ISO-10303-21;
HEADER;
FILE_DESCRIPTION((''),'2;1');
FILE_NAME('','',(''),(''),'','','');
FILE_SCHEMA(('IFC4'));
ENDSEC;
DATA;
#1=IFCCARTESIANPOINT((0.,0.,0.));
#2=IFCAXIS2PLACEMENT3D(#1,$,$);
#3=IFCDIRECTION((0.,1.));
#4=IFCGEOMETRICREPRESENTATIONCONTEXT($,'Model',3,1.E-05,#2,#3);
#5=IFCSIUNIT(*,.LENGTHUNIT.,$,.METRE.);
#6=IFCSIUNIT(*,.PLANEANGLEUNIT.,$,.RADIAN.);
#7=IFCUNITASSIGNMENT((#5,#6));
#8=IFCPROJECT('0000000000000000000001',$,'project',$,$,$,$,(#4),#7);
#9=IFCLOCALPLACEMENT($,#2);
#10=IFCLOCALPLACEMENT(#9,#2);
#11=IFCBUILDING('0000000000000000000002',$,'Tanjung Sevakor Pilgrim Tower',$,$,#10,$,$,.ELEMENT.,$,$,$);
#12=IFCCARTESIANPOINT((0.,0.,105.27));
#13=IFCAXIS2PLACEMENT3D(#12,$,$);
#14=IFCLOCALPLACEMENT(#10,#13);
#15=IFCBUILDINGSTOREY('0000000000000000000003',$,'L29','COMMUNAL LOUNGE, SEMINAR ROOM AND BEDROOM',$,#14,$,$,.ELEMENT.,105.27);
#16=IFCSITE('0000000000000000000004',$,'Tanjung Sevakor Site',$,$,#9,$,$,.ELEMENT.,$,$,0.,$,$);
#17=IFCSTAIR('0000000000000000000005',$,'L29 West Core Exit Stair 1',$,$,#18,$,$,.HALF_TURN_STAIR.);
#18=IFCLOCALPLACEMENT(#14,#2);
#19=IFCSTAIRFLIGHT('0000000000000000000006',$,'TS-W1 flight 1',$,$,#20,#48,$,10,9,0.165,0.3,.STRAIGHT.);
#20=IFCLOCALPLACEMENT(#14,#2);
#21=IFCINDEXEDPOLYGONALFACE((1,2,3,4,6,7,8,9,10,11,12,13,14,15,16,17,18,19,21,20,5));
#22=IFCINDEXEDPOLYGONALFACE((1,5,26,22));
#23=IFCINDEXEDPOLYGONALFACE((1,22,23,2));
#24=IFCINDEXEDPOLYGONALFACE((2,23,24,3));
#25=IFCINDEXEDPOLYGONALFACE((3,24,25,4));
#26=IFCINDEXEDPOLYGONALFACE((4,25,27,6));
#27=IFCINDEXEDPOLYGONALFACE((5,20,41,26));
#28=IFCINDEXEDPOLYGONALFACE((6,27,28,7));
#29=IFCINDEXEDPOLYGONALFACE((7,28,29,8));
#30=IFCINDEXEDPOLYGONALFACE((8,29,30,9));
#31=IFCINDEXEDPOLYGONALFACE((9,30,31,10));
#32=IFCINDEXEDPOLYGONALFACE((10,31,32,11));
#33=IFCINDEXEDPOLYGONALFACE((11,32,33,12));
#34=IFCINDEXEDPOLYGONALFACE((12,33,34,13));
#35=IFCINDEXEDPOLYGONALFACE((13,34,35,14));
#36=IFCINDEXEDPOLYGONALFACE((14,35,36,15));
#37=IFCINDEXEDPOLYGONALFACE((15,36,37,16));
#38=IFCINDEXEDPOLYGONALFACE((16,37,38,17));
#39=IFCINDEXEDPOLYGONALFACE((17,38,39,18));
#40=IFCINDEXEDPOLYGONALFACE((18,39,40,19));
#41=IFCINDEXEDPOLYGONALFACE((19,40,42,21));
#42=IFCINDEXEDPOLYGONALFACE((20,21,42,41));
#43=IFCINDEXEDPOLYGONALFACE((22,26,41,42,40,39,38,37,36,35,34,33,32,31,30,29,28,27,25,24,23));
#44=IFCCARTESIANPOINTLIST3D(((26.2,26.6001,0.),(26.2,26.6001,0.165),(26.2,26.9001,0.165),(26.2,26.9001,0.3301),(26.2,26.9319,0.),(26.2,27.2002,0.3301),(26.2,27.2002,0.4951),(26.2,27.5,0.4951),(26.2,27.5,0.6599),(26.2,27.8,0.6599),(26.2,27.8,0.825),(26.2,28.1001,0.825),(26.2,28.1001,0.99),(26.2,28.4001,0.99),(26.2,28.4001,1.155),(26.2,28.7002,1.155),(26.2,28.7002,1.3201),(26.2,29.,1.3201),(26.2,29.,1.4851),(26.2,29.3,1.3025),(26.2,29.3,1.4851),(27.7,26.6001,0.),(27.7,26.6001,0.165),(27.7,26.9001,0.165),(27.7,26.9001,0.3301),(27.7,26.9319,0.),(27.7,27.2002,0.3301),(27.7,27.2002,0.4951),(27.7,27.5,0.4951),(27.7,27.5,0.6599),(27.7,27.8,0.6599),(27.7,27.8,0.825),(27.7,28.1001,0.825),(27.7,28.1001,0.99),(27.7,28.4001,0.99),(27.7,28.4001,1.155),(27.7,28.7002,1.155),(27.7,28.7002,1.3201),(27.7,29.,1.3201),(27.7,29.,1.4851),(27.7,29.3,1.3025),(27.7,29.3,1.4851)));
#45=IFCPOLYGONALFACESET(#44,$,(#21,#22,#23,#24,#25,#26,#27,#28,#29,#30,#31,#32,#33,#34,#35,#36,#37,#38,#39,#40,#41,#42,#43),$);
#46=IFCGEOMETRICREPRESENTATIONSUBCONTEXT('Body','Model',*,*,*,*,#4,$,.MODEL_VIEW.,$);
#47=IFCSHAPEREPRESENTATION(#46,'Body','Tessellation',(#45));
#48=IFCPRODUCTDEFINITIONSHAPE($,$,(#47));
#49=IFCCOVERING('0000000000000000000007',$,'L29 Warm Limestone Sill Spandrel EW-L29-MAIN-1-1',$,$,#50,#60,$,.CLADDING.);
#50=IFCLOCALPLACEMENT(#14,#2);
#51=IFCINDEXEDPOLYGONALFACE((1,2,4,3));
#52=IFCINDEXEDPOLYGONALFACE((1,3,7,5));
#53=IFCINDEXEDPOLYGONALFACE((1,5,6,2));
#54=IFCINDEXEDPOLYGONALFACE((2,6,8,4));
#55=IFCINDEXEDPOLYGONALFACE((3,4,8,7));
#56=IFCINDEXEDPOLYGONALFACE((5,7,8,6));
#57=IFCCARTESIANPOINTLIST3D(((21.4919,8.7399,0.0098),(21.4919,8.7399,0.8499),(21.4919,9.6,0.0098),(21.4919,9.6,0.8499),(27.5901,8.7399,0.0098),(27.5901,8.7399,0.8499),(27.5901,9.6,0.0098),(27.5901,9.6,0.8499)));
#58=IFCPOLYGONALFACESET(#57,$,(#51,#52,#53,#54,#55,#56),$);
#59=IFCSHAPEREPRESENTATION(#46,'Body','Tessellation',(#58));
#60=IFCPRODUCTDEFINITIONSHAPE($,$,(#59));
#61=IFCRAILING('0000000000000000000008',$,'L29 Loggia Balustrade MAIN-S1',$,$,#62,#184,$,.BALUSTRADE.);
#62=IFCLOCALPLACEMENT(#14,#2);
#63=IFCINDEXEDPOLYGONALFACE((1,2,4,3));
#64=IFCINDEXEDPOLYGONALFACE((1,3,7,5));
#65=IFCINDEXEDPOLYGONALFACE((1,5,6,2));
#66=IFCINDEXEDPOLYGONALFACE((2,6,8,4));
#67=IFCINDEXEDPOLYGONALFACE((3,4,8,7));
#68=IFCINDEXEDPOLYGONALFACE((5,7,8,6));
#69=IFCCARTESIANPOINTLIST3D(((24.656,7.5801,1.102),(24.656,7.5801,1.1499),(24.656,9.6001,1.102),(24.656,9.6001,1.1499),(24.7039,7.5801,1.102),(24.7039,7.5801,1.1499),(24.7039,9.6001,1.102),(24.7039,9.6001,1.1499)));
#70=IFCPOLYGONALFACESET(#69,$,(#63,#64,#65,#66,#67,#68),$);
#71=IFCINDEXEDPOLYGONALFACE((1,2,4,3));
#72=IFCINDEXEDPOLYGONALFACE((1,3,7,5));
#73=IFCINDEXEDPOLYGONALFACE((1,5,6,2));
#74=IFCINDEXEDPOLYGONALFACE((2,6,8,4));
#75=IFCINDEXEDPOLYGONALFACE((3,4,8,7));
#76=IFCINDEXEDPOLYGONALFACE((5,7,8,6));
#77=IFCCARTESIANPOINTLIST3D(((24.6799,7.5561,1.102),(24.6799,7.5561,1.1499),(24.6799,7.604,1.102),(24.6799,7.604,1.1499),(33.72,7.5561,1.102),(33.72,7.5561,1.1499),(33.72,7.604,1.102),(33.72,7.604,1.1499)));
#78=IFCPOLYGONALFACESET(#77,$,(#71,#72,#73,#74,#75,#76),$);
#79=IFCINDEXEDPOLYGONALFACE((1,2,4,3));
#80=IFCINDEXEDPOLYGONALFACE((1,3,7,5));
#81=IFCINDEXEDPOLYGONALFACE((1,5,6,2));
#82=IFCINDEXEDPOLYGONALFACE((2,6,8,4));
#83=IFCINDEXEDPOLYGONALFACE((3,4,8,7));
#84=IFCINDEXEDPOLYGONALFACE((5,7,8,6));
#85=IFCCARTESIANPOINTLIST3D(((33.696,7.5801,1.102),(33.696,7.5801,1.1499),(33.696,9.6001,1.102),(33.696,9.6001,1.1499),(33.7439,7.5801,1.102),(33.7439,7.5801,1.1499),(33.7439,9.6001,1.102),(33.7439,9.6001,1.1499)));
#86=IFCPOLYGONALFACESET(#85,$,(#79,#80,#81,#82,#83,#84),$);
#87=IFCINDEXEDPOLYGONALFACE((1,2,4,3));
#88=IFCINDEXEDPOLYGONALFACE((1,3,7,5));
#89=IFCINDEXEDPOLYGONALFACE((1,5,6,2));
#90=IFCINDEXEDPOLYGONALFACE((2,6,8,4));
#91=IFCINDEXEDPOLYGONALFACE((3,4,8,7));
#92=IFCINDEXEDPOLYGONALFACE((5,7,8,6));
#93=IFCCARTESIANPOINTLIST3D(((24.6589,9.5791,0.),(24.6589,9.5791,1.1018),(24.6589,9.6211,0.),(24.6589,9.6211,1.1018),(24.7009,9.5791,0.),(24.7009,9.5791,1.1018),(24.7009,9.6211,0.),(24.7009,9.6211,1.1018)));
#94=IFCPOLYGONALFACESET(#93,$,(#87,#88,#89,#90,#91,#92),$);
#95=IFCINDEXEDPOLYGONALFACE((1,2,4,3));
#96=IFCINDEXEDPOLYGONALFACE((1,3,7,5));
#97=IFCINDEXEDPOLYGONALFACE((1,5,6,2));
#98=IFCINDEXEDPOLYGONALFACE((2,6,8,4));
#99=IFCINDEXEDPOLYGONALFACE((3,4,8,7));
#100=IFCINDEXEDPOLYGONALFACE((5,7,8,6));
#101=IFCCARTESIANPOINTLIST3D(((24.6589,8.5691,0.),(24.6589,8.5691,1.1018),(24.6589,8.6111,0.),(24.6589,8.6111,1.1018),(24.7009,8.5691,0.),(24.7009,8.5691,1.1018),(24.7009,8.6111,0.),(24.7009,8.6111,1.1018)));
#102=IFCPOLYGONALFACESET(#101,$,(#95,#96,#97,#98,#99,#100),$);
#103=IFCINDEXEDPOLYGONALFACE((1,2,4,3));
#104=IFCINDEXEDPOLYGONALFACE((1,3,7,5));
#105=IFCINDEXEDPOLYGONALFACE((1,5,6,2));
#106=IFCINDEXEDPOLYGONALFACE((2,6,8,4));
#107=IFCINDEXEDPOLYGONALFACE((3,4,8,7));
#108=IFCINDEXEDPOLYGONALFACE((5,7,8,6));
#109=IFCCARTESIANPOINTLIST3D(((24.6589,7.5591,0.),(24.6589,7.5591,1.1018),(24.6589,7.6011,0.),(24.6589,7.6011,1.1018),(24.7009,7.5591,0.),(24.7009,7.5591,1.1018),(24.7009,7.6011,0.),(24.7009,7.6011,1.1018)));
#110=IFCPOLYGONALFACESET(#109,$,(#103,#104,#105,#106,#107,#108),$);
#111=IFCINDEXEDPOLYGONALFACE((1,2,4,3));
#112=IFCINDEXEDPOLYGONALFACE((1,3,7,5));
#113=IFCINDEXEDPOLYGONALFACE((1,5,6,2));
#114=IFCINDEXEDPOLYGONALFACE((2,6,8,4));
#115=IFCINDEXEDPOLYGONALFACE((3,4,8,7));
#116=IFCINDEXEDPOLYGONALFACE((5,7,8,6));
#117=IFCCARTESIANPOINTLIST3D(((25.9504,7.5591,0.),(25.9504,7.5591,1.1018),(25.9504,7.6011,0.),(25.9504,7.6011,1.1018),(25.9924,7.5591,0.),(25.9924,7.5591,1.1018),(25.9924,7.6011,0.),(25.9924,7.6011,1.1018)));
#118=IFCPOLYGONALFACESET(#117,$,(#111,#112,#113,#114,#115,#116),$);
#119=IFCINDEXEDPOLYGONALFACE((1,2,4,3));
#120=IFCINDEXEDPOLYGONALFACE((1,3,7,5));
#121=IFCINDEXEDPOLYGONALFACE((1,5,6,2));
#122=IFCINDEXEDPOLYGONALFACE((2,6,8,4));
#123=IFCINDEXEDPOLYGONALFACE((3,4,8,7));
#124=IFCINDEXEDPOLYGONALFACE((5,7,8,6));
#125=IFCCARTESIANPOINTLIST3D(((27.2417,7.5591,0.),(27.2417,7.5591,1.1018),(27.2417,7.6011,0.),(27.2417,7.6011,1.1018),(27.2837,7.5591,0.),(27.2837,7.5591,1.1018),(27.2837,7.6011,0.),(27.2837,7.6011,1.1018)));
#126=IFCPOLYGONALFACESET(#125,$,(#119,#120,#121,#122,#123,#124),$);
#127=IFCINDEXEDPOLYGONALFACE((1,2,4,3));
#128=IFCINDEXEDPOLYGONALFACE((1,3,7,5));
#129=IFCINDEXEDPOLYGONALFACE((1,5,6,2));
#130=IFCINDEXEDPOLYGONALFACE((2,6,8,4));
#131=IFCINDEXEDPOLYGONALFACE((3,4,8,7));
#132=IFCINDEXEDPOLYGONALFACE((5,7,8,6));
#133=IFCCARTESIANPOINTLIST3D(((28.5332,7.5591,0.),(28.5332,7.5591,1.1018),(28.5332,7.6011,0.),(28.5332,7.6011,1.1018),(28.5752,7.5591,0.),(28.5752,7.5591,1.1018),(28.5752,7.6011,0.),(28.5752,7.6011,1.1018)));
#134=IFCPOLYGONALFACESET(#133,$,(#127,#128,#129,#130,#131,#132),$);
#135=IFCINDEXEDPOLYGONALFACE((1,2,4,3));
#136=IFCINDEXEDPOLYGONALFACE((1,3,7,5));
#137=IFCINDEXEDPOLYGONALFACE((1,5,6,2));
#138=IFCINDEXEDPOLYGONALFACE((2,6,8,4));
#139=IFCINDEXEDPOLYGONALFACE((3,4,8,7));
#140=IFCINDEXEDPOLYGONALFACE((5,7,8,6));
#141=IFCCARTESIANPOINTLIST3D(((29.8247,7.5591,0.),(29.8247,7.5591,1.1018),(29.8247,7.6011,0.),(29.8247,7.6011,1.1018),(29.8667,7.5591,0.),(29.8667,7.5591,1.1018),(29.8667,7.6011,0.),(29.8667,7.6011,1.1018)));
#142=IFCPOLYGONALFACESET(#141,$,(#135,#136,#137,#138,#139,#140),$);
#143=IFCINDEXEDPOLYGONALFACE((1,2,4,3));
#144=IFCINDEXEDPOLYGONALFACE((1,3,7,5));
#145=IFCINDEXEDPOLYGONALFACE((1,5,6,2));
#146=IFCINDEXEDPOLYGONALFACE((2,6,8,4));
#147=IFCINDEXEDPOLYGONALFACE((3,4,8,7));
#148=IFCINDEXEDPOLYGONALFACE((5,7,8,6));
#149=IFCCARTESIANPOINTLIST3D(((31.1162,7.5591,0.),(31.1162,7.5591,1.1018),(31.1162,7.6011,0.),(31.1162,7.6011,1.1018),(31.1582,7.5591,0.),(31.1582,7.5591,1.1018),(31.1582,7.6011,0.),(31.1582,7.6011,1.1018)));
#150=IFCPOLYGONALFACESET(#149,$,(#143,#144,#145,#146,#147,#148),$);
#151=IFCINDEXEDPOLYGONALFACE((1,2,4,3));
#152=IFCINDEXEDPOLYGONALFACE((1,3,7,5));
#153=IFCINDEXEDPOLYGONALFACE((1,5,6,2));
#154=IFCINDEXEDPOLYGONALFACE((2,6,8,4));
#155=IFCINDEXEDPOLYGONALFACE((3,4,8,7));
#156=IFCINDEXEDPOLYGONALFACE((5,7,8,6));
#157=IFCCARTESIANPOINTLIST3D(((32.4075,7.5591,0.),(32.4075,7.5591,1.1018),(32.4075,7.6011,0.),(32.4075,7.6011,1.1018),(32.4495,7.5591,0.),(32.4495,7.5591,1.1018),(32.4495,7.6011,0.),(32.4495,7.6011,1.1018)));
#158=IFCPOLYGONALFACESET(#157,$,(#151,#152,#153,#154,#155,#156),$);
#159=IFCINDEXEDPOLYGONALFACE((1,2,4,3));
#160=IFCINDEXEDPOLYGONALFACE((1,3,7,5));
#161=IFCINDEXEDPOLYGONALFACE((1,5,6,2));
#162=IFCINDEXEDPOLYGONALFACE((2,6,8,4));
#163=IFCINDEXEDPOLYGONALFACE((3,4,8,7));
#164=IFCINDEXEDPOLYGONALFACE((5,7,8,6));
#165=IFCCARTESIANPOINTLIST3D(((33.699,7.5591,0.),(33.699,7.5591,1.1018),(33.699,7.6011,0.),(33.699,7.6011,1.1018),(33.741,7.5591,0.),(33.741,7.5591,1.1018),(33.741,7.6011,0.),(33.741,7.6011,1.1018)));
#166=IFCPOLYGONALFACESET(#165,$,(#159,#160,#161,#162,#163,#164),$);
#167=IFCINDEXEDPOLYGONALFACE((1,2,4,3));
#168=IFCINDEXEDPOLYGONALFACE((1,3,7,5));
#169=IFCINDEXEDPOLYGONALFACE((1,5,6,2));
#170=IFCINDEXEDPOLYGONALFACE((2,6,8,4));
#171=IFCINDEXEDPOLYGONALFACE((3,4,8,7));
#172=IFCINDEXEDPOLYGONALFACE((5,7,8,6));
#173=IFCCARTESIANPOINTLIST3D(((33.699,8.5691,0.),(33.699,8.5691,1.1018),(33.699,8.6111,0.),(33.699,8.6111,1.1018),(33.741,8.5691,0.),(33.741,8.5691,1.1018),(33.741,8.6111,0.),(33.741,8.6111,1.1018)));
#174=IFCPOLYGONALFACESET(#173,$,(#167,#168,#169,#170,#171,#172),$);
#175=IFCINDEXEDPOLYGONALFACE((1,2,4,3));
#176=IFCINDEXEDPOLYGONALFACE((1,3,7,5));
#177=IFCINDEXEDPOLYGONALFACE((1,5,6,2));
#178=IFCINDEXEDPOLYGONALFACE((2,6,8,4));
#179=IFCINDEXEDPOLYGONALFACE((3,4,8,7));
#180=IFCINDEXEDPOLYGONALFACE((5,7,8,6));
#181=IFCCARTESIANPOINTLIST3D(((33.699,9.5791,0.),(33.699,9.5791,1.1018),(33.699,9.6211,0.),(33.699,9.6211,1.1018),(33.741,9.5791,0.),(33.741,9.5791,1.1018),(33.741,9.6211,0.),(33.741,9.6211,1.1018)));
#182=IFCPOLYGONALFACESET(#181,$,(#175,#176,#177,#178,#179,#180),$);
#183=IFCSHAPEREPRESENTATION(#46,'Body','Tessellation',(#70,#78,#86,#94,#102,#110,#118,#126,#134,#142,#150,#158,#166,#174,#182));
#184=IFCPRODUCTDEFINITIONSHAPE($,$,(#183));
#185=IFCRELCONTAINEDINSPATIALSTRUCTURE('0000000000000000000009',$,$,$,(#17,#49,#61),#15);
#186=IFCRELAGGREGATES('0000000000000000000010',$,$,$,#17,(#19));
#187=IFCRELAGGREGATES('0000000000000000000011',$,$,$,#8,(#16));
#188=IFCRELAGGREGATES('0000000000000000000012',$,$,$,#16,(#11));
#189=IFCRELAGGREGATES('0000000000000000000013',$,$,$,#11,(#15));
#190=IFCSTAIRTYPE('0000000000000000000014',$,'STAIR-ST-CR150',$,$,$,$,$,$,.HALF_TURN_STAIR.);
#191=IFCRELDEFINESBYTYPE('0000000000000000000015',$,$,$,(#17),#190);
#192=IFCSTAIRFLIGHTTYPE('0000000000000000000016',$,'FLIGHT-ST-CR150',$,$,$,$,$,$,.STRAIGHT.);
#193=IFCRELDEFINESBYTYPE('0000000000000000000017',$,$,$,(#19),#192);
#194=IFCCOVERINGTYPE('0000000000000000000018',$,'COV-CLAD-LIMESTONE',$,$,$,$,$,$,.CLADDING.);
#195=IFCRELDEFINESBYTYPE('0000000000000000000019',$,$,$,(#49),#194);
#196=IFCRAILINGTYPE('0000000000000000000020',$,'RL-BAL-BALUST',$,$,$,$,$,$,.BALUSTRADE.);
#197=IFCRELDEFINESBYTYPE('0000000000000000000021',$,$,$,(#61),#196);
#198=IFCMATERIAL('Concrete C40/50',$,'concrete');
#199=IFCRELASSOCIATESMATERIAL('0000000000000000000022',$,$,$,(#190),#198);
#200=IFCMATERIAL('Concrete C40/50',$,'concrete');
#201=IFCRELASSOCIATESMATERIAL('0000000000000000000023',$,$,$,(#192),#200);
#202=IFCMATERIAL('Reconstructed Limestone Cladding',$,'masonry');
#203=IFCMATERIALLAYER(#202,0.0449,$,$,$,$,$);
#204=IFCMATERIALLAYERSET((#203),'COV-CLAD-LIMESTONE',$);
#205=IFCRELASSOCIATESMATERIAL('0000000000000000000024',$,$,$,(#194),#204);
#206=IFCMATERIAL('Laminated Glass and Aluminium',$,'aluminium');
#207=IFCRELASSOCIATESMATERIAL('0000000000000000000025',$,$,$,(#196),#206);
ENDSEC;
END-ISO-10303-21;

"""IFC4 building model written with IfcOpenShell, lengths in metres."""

from ifc_helpers import new_model, si_unit, direction, frame, origin, origin_2d, place, context, subcontext, project, spatial, polyline, rectangle, outline, extrude, material, layer, layer_set, type_object, element, aggregate, save


model = new_model("IFC4")

# Units and contexts
model_context = context("Model", 3, precision=1e-05, world=origin(), true_north=direction((0.0, 1.0)))
body_context = subcontext(model_context, "Body", "Model", "MODEL_VIEW")
ifc_project = project(units=[si_unit("LENGTHUNIT", "METRE"), si_unit("PLANEANGLEUNIT", "RADIAN")], contexts=[model_context])

# Site, building, storey
site_placement = place(None, origin())
site = spatial("IfcSite", under=ifc_project, at=site_placement, Name="Tanjung Sevakor Site", CompositionType="ELEMENT", RefElevation=0.0)
building_placement = place(site_placement, origin())
building = spatial("IfcBuilding", under=site, at=building_placement, Name="Tanjung Sevakor Pilgrim Tower", CompositionType="ELEMENT")
storey_placement = place(building_placement, frame((0.0, 0.0, 105.27)))
storey = spatial("IfcBuildingStorey", under=building, at=storey_placement, Name="L29", Description="COMMUNAL LOUNGE, SEMINAR ROOM AND BEDROOM", CompositionType="ELEMENT", Elevation=105.27)

# Stair, stair flight
ifc_material_1 = material(Name="Concrete C40/50", Category="concrete")
stair_type = type_object("IfcStairType", Name="STAIR-ST-CR150", PredefinedType="HALF_TURN_STAIR", material=ifc_material_1)
stair_placement = place(storey_placement, origin())
stair = element("IfcStair", 1, at=stair_placement, inside=storey, type_object=stair_type, Name="L29 West Core Exit Stair 1", PredefinedType="HALF_TURN_STAIR")
ifc_material_2 = material(Name="Concrete C40/50", Category="concrete")
stair_flight_type = type_object("IfcStairFlightType", Name="FLIGHT-ST-CR150", PredefinedType="STRAIGHT", material=ifc_material_2)
stair_flight_placement = place(storey_placement, frame((26.95, 26.6001, 0.0), z_axis=(0.0, 0.0, 1.0), x_axis=(0.0, 1.0, 0.0)))
stair_flight = element("IfcStairFlight", 2, at=stair_flight_placement, type_object=stair_flight_type, Name="TS-W1 flight 1", NumberOfRisers=10, NumberOfTreads=9, PredefinedType="STRAIGHT", RiserHeight=0.165, TreadLength=0.3, context=body_context, shape_type="SweptSolid", body=[
    extrude(outline(polyline([(0.0, 0.0), (0.0, 0.165), (0.3, 0.165), (0.3, 0.3301), (0.6001, 0.3301), (0.6001, 0.4951), (0.8999, 0.4951), (0.8999, 0.6599), (1.2, 0.6599), (1.2, 0.825), (1.5, 0.825), (1.5, 0.99), (1.8, 0.99), (1.8, 1.155), (2.1001, 1.155), (2.1001, 1.3201), (2.3999, 1.3201), (2.3999, 1.4851), (2.7, 1.4851), (2.7, 1.6499), (2.7, 1.3025), (0.3318, 0.0), (0.0, 0.0)])), frame((0.0, 0.75, 0.0), z_axis=(0.0, -1.0, 0.0), x_axis=(1.0, 0.0, 0.0)), (0.0, 0.0, 1.0), 1.5),
])
aggregate(stair, [stair_flight])

# Covering
ifc_material_3 = material(Name="Reconstructed Limestone Cladding", Category="masonry")
ifc_layer_1 = layer(ifc_material_3, 0.0449)
ifc_layer_set_1 = layer_set([ifc_layer_1], Name="COV-CLAD-LIMESTONE")
covering_type = type_object("IfcCoveringType", Name="COV-CLAD-LIMESTONE", PredefinedType="CLADDING", material=ifc_layer_set_1)
covering_placement = place(storey_placement, frame((24.541, 9.1699, 0.0098), z_axis=(0.0, 0.0, 1.0), x_axis=(1.0, 0.0, 0.0)))
element("IfcCovering", 3, at=covering_placement, inside=storey, type_object=covering_type, Name="L29 Warm Limestone Sill Spandrel EW-L29-MAIN-1-1", PredefinedType="CLADDING", context=body_context, shape_type="SweptSolid", body=[
    extrude(rectangle(XDim=6.0981, YDim=0.8601, at=origin_2d()), origin(), (0.0, 0.0, 1.0), 0.8401),
])

# Railing
ifc_material_4 = material(Name="Laminated Glass and Aluminium", Category="aluminium")
railing_type_1 = type_object("IfcRailingType", Name="RL-BAL-BALUST", PredefinedType="BALUSTRADE", material=ifc_material_4)
railing_1_placement = place(storey_placement, frame((24.6799, 9.6001, 0.0)))
element("IfcRailing", 4, at=railing_1_placement, inside=storey, type_object=railing_type_1, Name="L29 Loggia Balustrade MAIN-S1", PredefinedType="BALUSTRADE", context=body_context, shape_type="SweptSolid", body=[
    extrude(rectangle(XDim=0.0479, YDim=0.0479), frame((0.0, 0.0, 1.126), z_axis=(0.0, -1.0, 0.0), x_axis=(1.0, 0.0, 0.0)), (0.0, 0.0, 1.0), 2.02),
    extrude(rectangle(XDim=0.0479, YDim=0.0479), frame((0.0, -2.02, 1.126), z_axis=(1.0, 0.0, 0.0), x_axis=(0.0, 1.0, 0.0)), (0.0, 0.0, 1.0), 9.04),
    extrude(rectangle(XDim=0.0479, YDim=0.0479), frame((9.04, -2.02, 1.126), z_axis=(0.0, 1.0, 0.0), x_axis=(-1.0, 0.0, 0.0)), (0.0, 0.0, 1.0), 2.02),
    extrude(rectangle(XDim=0.042, YDim=0.042), origin(), (0.0, 0.0, 1.0), 1.1018),
    extrude(rectangle(XDim=0.042, YDim=0.042), frame((0.0, -1.01, 0.0)), (0.0, 0.0, 1.0), 1.1018),
    extrude(rectangle(XDim=0.042, YDim=0.042), frame((0.0, -2.02, 0.0)), (0.0, 0.0, 1.0), 1.1018),
    extrude(rectangle(XDim=0.042, YDim=0.042), frame((1.2915, -2.02, 0.0)), (0.0, 0.0, 1.0), 1.1018),
    extrude(rectangle(XDim=0.042, YDim=0.042), frame((2.5828, -2.02, 0.0)), (0.0, 0.0, 1.0), 1.1018),
    extrude(rectangle(XDim=0.042, YDim=0.042), frame((3.8743, -2.02, 0.0)), (0.0, 0.0, 1.0), 1.1018),
    extrude(rectangle(XDim=0.042, YDim=0.042), frame((5.1658, -2.02, 0.0)), (0.0, 0.0, 1.0), 1.1018),
    extrude(rectangle(XDim=0.042, YDim=0.042), frame((6.4573, -2.02, 0.0)), (0.0, 0.0, 1.0), 1.1018),
    extrude(rectangle(XDim=0.042, YDim=0.042), frame((7.7485, -2.02, 0.0)), (0.0, 0.0, 1.0), 1.1018),
    extrude(rectangle(XDim=0.042, YDim=0.042), frame((9.04, -2.02, 0.0)), (0.0, 0.0, 1.0), 1.1018),
    extrude(rectangle(XDim=0.042, YDim=0.042), frame((9.04, -1.01, 0.0)), (0.0, 0.0, 1.0), 1.1018),
    extrude(rectangle(XDim=0.042, YDim=0.042), frame((9.04, 0.0, 0.0)), (0.0, 0.0, 1.0), 1.1018),
])

save(model, "model.ifc")
